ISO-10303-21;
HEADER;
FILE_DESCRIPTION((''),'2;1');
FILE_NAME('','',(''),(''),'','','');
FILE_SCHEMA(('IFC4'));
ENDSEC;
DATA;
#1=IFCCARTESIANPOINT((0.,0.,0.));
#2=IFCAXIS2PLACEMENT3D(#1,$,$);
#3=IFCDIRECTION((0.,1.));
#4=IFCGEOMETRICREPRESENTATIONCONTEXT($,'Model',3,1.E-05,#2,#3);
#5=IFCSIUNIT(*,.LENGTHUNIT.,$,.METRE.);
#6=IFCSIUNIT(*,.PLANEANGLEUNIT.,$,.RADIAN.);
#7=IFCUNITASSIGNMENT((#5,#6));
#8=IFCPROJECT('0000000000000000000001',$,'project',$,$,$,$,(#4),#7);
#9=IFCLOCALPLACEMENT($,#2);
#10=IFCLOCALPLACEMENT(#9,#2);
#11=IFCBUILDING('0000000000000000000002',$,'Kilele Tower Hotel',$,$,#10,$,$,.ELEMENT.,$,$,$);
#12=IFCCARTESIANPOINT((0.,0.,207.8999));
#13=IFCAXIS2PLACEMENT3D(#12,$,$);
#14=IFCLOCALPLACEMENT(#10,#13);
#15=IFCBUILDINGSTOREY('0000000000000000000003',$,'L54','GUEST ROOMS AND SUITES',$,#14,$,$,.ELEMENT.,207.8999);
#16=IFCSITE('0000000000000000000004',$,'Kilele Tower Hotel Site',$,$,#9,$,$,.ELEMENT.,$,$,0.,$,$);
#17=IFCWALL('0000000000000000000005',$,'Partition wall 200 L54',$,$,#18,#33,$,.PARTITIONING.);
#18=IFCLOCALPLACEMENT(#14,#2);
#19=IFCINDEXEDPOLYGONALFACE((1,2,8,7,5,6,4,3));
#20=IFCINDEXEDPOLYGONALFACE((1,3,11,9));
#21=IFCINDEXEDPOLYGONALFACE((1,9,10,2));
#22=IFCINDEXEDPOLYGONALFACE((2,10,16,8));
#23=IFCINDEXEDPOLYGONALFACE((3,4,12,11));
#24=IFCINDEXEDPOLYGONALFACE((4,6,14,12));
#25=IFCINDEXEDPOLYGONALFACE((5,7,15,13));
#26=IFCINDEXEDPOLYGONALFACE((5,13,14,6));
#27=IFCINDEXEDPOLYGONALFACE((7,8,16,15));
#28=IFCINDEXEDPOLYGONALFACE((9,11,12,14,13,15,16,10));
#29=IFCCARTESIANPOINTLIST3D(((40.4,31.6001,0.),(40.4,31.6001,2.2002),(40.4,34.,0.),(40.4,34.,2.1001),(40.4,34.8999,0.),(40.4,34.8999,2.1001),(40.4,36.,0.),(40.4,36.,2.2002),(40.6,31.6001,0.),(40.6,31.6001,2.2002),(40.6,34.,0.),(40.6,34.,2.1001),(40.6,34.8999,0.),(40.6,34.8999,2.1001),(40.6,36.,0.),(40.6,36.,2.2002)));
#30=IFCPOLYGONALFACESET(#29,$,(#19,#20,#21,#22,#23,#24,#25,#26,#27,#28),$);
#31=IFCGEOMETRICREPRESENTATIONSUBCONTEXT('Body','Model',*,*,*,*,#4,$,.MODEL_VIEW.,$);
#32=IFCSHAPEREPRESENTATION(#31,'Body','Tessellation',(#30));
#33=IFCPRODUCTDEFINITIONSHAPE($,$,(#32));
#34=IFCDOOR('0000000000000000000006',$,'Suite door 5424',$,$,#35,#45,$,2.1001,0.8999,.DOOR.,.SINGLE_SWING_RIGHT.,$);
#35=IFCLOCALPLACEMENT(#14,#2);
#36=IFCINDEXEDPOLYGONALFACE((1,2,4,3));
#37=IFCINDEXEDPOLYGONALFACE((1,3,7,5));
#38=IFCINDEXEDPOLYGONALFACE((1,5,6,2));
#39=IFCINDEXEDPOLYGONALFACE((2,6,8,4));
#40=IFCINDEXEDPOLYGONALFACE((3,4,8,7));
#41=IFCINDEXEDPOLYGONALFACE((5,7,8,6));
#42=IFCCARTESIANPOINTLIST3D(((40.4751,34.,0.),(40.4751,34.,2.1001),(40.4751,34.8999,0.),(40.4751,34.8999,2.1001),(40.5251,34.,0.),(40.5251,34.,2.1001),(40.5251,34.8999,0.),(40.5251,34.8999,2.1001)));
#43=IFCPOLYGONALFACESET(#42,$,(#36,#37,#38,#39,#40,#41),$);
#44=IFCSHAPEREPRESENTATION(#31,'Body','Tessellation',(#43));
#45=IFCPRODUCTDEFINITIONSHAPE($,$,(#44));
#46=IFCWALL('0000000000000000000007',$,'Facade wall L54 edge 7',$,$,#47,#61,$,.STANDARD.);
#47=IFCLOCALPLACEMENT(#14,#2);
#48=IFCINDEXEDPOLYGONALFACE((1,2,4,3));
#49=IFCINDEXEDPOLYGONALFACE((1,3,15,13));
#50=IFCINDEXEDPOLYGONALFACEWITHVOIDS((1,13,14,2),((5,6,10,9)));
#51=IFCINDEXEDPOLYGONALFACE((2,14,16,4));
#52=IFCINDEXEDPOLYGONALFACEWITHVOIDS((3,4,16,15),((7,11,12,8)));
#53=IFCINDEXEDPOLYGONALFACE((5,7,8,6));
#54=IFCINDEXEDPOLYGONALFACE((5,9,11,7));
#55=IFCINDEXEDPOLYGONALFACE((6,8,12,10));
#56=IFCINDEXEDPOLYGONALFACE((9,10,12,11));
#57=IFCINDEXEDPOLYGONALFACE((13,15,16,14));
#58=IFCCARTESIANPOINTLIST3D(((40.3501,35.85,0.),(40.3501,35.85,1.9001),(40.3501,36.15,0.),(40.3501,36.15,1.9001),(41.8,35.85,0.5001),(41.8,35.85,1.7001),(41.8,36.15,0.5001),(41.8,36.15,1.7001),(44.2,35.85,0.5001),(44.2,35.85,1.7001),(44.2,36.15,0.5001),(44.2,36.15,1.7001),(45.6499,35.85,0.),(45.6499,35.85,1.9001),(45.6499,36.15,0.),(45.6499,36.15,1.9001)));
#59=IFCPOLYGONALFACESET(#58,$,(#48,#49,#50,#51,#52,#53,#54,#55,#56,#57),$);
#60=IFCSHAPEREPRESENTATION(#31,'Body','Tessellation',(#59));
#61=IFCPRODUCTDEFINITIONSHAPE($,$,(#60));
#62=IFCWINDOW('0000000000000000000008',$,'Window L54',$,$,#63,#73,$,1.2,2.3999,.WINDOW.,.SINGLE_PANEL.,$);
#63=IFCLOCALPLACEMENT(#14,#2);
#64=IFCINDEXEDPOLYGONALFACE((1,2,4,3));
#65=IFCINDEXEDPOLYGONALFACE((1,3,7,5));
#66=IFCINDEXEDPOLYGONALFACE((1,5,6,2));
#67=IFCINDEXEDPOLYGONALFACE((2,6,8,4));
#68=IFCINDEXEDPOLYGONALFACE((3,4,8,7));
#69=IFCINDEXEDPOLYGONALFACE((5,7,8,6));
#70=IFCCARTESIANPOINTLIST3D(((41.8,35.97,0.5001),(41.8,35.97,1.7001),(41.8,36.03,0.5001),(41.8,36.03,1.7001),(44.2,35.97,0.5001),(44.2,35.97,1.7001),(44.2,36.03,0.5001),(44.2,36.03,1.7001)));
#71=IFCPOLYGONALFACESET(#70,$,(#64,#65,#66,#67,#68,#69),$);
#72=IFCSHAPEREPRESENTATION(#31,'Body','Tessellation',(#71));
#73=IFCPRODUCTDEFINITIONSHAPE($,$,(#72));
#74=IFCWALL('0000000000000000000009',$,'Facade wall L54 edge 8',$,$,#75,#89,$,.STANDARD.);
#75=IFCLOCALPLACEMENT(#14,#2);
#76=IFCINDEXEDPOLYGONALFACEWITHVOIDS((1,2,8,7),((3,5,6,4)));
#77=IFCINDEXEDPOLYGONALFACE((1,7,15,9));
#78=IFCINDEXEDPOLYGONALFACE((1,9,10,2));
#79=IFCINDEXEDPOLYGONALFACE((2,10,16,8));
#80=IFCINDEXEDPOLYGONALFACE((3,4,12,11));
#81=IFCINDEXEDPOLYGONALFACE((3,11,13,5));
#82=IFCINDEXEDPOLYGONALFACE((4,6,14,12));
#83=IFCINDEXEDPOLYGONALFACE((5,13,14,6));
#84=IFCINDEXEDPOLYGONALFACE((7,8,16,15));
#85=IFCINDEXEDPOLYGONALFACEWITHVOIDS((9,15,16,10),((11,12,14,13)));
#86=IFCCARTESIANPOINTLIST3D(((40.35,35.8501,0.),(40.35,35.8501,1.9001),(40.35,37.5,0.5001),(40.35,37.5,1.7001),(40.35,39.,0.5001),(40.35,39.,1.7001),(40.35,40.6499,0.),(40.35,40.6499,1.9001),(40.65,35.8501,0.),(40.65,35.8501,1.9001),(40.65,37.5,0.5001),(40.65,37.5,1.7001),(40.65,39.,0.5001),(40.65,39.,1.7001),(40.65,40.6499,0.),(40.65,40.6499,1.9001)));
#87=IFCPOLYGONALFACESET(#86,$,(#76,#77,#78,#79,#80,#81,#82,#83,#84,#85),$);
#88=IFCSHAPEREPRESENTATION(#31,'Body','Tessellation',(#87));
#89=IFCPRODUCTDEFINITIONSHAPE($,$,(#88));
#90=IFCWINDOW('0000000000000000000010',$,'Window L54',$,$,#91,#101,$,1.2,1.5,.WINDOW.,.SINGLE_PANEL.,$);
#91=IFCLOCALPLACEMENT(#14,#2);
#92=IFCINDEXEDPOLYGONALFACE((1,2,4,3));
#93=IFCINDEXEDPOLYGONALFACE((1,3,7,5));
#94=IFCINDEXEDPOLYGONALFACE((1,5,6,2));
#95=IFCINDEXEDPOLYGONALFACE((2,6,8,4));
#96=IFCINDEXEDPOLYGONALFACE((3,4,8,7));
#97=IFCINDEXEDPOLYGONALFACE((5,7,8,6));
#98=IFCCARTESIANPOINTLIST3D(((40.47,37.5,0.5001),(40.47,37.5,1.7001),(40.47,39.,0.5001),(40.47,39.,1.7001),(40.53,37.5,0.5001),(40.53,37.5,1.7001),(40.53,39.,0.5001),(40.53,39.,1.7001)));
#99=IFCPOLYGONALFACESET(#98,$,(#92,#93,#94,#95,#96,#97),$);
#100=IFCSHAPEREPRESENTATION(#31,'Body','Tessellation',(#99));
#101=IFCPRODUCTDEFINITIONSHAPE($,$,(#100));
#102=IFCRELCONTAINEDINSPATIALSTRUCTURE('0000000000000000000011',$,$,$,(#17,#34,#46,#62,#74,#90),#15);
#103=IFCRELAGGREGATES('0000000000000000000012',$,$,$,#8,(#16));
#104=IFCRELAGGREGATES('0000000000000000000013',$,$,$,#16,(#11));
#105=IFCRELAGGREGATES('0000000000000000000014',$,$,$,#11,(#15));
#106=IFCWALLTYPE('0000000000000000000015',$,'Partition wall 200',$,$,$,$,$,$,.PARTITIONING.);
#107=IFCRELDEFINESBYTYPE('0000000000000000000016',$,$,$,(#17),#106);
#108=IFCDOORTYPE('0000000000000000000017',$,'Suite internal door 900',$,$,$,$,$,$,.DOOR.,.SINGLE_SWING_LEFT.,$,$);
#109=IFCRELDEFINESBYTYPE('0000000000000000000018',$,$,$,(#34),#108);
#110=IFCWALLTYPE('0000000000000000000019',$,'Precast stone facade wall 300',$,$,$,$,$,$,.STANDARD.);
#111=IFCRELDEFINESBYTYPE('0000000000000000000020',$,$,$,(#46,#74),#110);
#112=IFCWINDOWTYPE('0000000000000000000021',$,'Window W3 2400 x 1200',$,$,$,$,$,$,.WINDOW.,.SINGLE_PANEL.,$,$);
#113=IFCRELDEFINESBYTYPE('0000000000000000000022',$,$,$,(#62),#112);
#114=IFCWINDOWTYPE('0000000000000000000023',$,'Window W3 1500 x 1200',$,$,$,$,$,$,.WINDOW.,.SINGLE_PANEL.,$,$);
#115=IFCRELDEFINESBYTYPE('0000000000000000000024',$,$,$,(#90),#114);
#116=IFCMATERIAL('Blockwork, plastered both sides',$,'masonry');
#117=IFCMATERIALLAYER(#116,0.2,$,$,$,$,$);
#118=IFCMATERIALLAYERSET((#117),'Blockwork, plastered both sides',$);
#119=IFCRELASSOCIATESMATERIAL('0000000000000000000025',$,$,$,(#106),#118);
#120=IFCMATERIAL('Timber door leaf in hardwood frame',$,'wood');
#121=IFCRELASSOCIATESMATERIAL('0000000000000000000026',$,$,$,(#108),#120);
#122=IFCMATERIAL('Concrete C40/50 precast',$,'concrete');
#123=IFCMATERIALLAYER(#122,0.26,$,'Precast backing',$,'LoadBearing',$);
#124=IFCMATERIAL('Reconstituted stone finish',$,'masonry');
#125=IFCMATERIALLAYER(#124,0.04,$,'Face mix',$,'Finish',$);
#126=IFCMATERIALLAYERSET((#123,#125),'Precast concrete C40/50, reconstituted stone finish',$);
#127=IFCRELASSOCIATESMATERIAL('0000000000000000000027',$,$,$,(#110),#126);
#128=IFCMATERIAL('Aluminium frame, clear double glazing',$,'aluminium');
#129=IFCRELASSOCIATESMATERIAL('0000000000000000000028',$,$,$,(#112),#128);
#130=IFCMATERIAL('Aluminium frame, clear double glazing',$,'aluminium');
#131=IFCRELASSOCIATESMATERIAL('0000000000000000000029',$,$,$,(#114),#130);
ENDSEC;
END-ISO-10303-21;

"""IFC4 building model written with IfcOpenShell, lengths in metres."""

from ifc_helpers import new_model, si_unit, direction, frame, frame_2d, origin, place, context, subcontext, project, spatial, rectangle, extrude, material, layer, layer_set, type_object, element, fill, save


model = new_model("IFC4")

# Units and contexts
model_context = context("Model", 3, precision=1e-05, world=origin(), true_north=direction((0.0, 1.0)))
body_context = subcontext(model_context, "Body", "Model", "MODEL_VIEW")
ifc_project = project(units=[si_unit("LENGTHUNIT", "METRE"), si_unit("PLANEANGLEUNIT", "RADIAN")], contexts=[model_context])

# Site, building, storey
site_placement = place(None, origin())
site = spatial("IfcSite", under=ifc_project, at=site_placement, Name="Kilele Tower Hotel Site", CompositionType="ELEMENT", RefElevation=0.0)
building_placement = place(site_placement, origin())
building = spatial("IfcBuilding", under=site, at=building_placement, Name="Kilele Tower Hotel", CompositionType="ELEMENT")
storey_placement = place(building_placement, frame((0.0, 0.0, 207.8999)))
storey = spatial("IfcBuildingStorey", under=building, at=storey_placement, Name="L54", Description="GUEST ROOMS AND SUITES", CompositionType="ELEMENT", Elevation=207.8999)

# Wall, opening, door
ifc_material_1 = material(Name="Blockwork, plastered both sides", Category="masonry")
ifc_layer_1 = layer(ifc_material_1, 0.2)
ifc_layer_set_1 = layer_set([ifc_layer_1], Name="Blockwork, plastered both sides")
wall_type_1 = type_object("IfcWallType", Name="Partition wall 200", PredefinedType="PARTITIONING", material=ifc_layer_set_1)
wall_1_placement = place(storey_placement, frame((40.5, 31.6001, 0.0), z_axis=(0.0, 0.0, 1.0), x_axis=(0.0, 1.0, 0.0)))
wall_1 = element("IfcWall", 1, at=wall_1_placement, inside=storey, type_object=wall_type_1, Name="Partition wall 200 L54", PredefinedType="PARTITIONING", context=body_context, shape_type="SweptSolid", body=[
    extrude(rectangle(XDim=4.3999, YDim=0.2, at=frame_2d((2.2, 0.0))), origin(), (0.0, 0.0, 1.0), 2.2002),
])
opening_1_placement = place(wall_1_placement, frame((2.3999, 0.0, 0.0)))
opening_1 = element("IfcOpeningElement", 2, at=opening_1_placement, cuts=wall_1, PredefinedType="OPENING", context=body_context, shape_type="SweptSolid", body=[
    extrude(rectangle(XDim=0.8999, YDim=2.1001, at=frame_2d((0.45, 1.05))), frame((0.0, 0.1099, 0.0), z_axis=(0.0, -1.0, 0.0), x_axis=(1.0, 0.0, 0.0)), (0.0, 0.0, 1.0), 0.22),
])
ifc_material_2 = material(Name="Timber door leaf in hardwood frame", Category="wood")
door_type_1 = type_object("IfcDoorType", Name="Suite internal door 900", OperationType="SINGLE_SWING_LEFT", PredefinedType="DOOR", material=ifc_material_2)
door_1_placement = place(opening_1_placement, origin())
door_1 = element("IfcDoor", 3, at=door_1_placement, inside=storey, type_object=door_type_1, Name="Suite door 5424", OperationType="SINGLE_SWING_RIGHT", OverallHeight=2.1001, OverallWidth=0.8999, PredefinedType="DOOR", context=body_context, shape_type="SweptSolid", body=[
    extrude(rectangle(XDim=0.8999, YDim=2.1001, at=frame_2d((0.45, 1.05))), frame((0.0, 0.0249, 0.0), z_axis=(0.0, -1.0, 0.0), x_axis=(1.0, 0.0, 0.0)), (0.0, 0.0, 1.0), 0.05),
])
fill(opening_1, door_1)

# Walls, openings, windows
ifc_material_3 = material(Name="Concrete C40/50 precast", Category="concrete")
ifc_layer_2 = layer(ifc_material_3, 0.26, Name="Precast backing", Category="LoadBearing")
ifc_material_4 = material(Name="Reconstituted stone finish", Category="masonry")
ifc_layer_3 = layer(ifc_material_4, 0.04, Name="Face mix", Category="Finish")
ifc_layer_set_2 = layer_set([ifc_layer_2, ifc_layer_3], Name="Precast concrete C40/50, reconstituted stone finish")
wall_type_2 = type_object("IfcWallType", Name="Precast stone facade wall 300", PredefinedType="STANDARD", material=ifc_layer_set_2)
wall_2_placement = place(storey_placement, frame((45.6499, 36.0, 0.0), z_axis=(0.0, 0.0, 1.0), x_axis=(-1.0, 0.0, 0.0)))
wall_2 = element("IfcWall", 4, at=wall_2_placement, inside=storey, type_object=wall_type_2, Name="Facade wall L54 edge 7", PredefinedType="STANDARD", context=body_context, shape_type="SweptSolid", body=[
    extrude(rectangle(XDim=5.2998, YDim=0.3, at=frame_2d((2.6499, 0.0))), origin(), (0.0, 0.0, 1.0), 1.9001),
])
opening_2_placement = place(wall_2_placement, frame((1.45, 0.0, 0.5)))
opening_2 = element("IfcOpeningElement", 5, at=opening_2_placement, cuts=wall_2, PredefinedType="OPENING", context=body_context, shape_type="SweptSolid", body=[
    extrude(rectangle(XDim=2.3999, YDim=1.2, at=frame_2d((1.2, 0.6001))), frame((0.0, 0.1599, 0.0), z_axis=(0.0, -1.0, 0.0), x_axis=(1.0, 0.0, 0.0)), (0.0, 0.0, 1.0), 0.3201),
])
ifc_material_5 = material(Name="Aluminium frame, clear double glazing", Category="aluminium")
window_type_1 = type_object("IfcWindowType", Name="Window W3 2400 x 1200", PartitioningType="SINGLE_PANEL", PredefinedType="WINDOW", material=ifc_material_5)
window_1_placement = place(opening_2_placement, origin())
window_1 = element("IfcWindow", 6, at=window_1_placement, inside=storey, type_object=window_type_1, Name="Window L54", OverallHeight=1.2, OverallWidth=2.3999, PartitioningType="SINGLE_PANEL", PredefinedType="WINDOW", context=body_context, shape_type="SweptSolid", body=[
    extrude(rectangle(XDim=2.3999, YDim=1.2, at=frame_2d((1.2, 0.6001))), frame((0.0, 0.03, 0.0), z_axis=(0.0, -1.0, 0.0), x_axis=(1.0, 0.0, 0.0)), (0.0, 0.0, 1.0), 0.0601),
])
fill(opening_2, window_1)
wall_3_placement = place(storey_placement, frame((40.5, 35.8501, 0.0), z_axis=(0.0, 0.0, 1.0), x_axis=(0.0, 1.0, 0.0)))
wall_3 = element("IfcWall", 7, at=wall_3_placement, inside=storey, type_object=wall_type_2, Name="Facade wall L54 edge 8", PredefinedType="STANDARD", context=body_context, shape_type="SweptSolid", body=[
    extrude(rectangle(XDim=4.7998, YDim=0.3, at=frame_2d((2.3999, 0.0))), origin(), (0.0, 0.0, 1.0), 1.9001),
])
opening_3_placement = place(wall_3_placement, frame((1.6499, 0.0, 0.5)))
opening_3 = element("IfcOpeningElement", 8, at=opening_3_placement, cuts=wall_3, PredefinedType="OPENING", context=body_context, shape_type="SweptSolid", body=[
    extrude(rectangle(XDim=1.5, YDim=1.2, at=frame_2d((0.75, 0.6001))), frame((0.0, 0.1599, 0.0), z_axis=(0.0, -1.0, 0.0), x_axis=(1.0, 0.0, 0.0)), (0.0, 0.0, 1.0), 0.3201),
])
ifc_material_6 = material(Name="Aluminium frame, clear double glazing", Category="aluminium")
window_type_2 = type_object("IfcWindowType", Name="Window W3 1500 x 1200", PartitioningType="SINGLE_PANEL", PredefinedType="WINDOW", material=ifc_material_6)
window_2_placement = place(opening_3_placement, origin())
window_2 = element("IfcWindow", 9, at=window_2_placement, inside=storey, type_object=window_type_2, Name="Window L54", OverallHeight=1.2, OverallWidth=1.5, PartitioningType="SINGLE_PANEL", PredefinedType="WINDOW", context=body_context, shape_type="SweptSolid", body=[
    extrude(rectangle(XDim=1.5, YDim=1.2, at=frame_2d((0.75, 0.6001))), frame((0.0, 0.03, 0.0), z_axis=(0.0, -1.0, 0.0), x_axis=(1.0, 0.0, 0.0)), (0.0, 0.0, 1.0), 0.0601),
])
fill(opening_3, window_2)

save(model, "model.ifc")
